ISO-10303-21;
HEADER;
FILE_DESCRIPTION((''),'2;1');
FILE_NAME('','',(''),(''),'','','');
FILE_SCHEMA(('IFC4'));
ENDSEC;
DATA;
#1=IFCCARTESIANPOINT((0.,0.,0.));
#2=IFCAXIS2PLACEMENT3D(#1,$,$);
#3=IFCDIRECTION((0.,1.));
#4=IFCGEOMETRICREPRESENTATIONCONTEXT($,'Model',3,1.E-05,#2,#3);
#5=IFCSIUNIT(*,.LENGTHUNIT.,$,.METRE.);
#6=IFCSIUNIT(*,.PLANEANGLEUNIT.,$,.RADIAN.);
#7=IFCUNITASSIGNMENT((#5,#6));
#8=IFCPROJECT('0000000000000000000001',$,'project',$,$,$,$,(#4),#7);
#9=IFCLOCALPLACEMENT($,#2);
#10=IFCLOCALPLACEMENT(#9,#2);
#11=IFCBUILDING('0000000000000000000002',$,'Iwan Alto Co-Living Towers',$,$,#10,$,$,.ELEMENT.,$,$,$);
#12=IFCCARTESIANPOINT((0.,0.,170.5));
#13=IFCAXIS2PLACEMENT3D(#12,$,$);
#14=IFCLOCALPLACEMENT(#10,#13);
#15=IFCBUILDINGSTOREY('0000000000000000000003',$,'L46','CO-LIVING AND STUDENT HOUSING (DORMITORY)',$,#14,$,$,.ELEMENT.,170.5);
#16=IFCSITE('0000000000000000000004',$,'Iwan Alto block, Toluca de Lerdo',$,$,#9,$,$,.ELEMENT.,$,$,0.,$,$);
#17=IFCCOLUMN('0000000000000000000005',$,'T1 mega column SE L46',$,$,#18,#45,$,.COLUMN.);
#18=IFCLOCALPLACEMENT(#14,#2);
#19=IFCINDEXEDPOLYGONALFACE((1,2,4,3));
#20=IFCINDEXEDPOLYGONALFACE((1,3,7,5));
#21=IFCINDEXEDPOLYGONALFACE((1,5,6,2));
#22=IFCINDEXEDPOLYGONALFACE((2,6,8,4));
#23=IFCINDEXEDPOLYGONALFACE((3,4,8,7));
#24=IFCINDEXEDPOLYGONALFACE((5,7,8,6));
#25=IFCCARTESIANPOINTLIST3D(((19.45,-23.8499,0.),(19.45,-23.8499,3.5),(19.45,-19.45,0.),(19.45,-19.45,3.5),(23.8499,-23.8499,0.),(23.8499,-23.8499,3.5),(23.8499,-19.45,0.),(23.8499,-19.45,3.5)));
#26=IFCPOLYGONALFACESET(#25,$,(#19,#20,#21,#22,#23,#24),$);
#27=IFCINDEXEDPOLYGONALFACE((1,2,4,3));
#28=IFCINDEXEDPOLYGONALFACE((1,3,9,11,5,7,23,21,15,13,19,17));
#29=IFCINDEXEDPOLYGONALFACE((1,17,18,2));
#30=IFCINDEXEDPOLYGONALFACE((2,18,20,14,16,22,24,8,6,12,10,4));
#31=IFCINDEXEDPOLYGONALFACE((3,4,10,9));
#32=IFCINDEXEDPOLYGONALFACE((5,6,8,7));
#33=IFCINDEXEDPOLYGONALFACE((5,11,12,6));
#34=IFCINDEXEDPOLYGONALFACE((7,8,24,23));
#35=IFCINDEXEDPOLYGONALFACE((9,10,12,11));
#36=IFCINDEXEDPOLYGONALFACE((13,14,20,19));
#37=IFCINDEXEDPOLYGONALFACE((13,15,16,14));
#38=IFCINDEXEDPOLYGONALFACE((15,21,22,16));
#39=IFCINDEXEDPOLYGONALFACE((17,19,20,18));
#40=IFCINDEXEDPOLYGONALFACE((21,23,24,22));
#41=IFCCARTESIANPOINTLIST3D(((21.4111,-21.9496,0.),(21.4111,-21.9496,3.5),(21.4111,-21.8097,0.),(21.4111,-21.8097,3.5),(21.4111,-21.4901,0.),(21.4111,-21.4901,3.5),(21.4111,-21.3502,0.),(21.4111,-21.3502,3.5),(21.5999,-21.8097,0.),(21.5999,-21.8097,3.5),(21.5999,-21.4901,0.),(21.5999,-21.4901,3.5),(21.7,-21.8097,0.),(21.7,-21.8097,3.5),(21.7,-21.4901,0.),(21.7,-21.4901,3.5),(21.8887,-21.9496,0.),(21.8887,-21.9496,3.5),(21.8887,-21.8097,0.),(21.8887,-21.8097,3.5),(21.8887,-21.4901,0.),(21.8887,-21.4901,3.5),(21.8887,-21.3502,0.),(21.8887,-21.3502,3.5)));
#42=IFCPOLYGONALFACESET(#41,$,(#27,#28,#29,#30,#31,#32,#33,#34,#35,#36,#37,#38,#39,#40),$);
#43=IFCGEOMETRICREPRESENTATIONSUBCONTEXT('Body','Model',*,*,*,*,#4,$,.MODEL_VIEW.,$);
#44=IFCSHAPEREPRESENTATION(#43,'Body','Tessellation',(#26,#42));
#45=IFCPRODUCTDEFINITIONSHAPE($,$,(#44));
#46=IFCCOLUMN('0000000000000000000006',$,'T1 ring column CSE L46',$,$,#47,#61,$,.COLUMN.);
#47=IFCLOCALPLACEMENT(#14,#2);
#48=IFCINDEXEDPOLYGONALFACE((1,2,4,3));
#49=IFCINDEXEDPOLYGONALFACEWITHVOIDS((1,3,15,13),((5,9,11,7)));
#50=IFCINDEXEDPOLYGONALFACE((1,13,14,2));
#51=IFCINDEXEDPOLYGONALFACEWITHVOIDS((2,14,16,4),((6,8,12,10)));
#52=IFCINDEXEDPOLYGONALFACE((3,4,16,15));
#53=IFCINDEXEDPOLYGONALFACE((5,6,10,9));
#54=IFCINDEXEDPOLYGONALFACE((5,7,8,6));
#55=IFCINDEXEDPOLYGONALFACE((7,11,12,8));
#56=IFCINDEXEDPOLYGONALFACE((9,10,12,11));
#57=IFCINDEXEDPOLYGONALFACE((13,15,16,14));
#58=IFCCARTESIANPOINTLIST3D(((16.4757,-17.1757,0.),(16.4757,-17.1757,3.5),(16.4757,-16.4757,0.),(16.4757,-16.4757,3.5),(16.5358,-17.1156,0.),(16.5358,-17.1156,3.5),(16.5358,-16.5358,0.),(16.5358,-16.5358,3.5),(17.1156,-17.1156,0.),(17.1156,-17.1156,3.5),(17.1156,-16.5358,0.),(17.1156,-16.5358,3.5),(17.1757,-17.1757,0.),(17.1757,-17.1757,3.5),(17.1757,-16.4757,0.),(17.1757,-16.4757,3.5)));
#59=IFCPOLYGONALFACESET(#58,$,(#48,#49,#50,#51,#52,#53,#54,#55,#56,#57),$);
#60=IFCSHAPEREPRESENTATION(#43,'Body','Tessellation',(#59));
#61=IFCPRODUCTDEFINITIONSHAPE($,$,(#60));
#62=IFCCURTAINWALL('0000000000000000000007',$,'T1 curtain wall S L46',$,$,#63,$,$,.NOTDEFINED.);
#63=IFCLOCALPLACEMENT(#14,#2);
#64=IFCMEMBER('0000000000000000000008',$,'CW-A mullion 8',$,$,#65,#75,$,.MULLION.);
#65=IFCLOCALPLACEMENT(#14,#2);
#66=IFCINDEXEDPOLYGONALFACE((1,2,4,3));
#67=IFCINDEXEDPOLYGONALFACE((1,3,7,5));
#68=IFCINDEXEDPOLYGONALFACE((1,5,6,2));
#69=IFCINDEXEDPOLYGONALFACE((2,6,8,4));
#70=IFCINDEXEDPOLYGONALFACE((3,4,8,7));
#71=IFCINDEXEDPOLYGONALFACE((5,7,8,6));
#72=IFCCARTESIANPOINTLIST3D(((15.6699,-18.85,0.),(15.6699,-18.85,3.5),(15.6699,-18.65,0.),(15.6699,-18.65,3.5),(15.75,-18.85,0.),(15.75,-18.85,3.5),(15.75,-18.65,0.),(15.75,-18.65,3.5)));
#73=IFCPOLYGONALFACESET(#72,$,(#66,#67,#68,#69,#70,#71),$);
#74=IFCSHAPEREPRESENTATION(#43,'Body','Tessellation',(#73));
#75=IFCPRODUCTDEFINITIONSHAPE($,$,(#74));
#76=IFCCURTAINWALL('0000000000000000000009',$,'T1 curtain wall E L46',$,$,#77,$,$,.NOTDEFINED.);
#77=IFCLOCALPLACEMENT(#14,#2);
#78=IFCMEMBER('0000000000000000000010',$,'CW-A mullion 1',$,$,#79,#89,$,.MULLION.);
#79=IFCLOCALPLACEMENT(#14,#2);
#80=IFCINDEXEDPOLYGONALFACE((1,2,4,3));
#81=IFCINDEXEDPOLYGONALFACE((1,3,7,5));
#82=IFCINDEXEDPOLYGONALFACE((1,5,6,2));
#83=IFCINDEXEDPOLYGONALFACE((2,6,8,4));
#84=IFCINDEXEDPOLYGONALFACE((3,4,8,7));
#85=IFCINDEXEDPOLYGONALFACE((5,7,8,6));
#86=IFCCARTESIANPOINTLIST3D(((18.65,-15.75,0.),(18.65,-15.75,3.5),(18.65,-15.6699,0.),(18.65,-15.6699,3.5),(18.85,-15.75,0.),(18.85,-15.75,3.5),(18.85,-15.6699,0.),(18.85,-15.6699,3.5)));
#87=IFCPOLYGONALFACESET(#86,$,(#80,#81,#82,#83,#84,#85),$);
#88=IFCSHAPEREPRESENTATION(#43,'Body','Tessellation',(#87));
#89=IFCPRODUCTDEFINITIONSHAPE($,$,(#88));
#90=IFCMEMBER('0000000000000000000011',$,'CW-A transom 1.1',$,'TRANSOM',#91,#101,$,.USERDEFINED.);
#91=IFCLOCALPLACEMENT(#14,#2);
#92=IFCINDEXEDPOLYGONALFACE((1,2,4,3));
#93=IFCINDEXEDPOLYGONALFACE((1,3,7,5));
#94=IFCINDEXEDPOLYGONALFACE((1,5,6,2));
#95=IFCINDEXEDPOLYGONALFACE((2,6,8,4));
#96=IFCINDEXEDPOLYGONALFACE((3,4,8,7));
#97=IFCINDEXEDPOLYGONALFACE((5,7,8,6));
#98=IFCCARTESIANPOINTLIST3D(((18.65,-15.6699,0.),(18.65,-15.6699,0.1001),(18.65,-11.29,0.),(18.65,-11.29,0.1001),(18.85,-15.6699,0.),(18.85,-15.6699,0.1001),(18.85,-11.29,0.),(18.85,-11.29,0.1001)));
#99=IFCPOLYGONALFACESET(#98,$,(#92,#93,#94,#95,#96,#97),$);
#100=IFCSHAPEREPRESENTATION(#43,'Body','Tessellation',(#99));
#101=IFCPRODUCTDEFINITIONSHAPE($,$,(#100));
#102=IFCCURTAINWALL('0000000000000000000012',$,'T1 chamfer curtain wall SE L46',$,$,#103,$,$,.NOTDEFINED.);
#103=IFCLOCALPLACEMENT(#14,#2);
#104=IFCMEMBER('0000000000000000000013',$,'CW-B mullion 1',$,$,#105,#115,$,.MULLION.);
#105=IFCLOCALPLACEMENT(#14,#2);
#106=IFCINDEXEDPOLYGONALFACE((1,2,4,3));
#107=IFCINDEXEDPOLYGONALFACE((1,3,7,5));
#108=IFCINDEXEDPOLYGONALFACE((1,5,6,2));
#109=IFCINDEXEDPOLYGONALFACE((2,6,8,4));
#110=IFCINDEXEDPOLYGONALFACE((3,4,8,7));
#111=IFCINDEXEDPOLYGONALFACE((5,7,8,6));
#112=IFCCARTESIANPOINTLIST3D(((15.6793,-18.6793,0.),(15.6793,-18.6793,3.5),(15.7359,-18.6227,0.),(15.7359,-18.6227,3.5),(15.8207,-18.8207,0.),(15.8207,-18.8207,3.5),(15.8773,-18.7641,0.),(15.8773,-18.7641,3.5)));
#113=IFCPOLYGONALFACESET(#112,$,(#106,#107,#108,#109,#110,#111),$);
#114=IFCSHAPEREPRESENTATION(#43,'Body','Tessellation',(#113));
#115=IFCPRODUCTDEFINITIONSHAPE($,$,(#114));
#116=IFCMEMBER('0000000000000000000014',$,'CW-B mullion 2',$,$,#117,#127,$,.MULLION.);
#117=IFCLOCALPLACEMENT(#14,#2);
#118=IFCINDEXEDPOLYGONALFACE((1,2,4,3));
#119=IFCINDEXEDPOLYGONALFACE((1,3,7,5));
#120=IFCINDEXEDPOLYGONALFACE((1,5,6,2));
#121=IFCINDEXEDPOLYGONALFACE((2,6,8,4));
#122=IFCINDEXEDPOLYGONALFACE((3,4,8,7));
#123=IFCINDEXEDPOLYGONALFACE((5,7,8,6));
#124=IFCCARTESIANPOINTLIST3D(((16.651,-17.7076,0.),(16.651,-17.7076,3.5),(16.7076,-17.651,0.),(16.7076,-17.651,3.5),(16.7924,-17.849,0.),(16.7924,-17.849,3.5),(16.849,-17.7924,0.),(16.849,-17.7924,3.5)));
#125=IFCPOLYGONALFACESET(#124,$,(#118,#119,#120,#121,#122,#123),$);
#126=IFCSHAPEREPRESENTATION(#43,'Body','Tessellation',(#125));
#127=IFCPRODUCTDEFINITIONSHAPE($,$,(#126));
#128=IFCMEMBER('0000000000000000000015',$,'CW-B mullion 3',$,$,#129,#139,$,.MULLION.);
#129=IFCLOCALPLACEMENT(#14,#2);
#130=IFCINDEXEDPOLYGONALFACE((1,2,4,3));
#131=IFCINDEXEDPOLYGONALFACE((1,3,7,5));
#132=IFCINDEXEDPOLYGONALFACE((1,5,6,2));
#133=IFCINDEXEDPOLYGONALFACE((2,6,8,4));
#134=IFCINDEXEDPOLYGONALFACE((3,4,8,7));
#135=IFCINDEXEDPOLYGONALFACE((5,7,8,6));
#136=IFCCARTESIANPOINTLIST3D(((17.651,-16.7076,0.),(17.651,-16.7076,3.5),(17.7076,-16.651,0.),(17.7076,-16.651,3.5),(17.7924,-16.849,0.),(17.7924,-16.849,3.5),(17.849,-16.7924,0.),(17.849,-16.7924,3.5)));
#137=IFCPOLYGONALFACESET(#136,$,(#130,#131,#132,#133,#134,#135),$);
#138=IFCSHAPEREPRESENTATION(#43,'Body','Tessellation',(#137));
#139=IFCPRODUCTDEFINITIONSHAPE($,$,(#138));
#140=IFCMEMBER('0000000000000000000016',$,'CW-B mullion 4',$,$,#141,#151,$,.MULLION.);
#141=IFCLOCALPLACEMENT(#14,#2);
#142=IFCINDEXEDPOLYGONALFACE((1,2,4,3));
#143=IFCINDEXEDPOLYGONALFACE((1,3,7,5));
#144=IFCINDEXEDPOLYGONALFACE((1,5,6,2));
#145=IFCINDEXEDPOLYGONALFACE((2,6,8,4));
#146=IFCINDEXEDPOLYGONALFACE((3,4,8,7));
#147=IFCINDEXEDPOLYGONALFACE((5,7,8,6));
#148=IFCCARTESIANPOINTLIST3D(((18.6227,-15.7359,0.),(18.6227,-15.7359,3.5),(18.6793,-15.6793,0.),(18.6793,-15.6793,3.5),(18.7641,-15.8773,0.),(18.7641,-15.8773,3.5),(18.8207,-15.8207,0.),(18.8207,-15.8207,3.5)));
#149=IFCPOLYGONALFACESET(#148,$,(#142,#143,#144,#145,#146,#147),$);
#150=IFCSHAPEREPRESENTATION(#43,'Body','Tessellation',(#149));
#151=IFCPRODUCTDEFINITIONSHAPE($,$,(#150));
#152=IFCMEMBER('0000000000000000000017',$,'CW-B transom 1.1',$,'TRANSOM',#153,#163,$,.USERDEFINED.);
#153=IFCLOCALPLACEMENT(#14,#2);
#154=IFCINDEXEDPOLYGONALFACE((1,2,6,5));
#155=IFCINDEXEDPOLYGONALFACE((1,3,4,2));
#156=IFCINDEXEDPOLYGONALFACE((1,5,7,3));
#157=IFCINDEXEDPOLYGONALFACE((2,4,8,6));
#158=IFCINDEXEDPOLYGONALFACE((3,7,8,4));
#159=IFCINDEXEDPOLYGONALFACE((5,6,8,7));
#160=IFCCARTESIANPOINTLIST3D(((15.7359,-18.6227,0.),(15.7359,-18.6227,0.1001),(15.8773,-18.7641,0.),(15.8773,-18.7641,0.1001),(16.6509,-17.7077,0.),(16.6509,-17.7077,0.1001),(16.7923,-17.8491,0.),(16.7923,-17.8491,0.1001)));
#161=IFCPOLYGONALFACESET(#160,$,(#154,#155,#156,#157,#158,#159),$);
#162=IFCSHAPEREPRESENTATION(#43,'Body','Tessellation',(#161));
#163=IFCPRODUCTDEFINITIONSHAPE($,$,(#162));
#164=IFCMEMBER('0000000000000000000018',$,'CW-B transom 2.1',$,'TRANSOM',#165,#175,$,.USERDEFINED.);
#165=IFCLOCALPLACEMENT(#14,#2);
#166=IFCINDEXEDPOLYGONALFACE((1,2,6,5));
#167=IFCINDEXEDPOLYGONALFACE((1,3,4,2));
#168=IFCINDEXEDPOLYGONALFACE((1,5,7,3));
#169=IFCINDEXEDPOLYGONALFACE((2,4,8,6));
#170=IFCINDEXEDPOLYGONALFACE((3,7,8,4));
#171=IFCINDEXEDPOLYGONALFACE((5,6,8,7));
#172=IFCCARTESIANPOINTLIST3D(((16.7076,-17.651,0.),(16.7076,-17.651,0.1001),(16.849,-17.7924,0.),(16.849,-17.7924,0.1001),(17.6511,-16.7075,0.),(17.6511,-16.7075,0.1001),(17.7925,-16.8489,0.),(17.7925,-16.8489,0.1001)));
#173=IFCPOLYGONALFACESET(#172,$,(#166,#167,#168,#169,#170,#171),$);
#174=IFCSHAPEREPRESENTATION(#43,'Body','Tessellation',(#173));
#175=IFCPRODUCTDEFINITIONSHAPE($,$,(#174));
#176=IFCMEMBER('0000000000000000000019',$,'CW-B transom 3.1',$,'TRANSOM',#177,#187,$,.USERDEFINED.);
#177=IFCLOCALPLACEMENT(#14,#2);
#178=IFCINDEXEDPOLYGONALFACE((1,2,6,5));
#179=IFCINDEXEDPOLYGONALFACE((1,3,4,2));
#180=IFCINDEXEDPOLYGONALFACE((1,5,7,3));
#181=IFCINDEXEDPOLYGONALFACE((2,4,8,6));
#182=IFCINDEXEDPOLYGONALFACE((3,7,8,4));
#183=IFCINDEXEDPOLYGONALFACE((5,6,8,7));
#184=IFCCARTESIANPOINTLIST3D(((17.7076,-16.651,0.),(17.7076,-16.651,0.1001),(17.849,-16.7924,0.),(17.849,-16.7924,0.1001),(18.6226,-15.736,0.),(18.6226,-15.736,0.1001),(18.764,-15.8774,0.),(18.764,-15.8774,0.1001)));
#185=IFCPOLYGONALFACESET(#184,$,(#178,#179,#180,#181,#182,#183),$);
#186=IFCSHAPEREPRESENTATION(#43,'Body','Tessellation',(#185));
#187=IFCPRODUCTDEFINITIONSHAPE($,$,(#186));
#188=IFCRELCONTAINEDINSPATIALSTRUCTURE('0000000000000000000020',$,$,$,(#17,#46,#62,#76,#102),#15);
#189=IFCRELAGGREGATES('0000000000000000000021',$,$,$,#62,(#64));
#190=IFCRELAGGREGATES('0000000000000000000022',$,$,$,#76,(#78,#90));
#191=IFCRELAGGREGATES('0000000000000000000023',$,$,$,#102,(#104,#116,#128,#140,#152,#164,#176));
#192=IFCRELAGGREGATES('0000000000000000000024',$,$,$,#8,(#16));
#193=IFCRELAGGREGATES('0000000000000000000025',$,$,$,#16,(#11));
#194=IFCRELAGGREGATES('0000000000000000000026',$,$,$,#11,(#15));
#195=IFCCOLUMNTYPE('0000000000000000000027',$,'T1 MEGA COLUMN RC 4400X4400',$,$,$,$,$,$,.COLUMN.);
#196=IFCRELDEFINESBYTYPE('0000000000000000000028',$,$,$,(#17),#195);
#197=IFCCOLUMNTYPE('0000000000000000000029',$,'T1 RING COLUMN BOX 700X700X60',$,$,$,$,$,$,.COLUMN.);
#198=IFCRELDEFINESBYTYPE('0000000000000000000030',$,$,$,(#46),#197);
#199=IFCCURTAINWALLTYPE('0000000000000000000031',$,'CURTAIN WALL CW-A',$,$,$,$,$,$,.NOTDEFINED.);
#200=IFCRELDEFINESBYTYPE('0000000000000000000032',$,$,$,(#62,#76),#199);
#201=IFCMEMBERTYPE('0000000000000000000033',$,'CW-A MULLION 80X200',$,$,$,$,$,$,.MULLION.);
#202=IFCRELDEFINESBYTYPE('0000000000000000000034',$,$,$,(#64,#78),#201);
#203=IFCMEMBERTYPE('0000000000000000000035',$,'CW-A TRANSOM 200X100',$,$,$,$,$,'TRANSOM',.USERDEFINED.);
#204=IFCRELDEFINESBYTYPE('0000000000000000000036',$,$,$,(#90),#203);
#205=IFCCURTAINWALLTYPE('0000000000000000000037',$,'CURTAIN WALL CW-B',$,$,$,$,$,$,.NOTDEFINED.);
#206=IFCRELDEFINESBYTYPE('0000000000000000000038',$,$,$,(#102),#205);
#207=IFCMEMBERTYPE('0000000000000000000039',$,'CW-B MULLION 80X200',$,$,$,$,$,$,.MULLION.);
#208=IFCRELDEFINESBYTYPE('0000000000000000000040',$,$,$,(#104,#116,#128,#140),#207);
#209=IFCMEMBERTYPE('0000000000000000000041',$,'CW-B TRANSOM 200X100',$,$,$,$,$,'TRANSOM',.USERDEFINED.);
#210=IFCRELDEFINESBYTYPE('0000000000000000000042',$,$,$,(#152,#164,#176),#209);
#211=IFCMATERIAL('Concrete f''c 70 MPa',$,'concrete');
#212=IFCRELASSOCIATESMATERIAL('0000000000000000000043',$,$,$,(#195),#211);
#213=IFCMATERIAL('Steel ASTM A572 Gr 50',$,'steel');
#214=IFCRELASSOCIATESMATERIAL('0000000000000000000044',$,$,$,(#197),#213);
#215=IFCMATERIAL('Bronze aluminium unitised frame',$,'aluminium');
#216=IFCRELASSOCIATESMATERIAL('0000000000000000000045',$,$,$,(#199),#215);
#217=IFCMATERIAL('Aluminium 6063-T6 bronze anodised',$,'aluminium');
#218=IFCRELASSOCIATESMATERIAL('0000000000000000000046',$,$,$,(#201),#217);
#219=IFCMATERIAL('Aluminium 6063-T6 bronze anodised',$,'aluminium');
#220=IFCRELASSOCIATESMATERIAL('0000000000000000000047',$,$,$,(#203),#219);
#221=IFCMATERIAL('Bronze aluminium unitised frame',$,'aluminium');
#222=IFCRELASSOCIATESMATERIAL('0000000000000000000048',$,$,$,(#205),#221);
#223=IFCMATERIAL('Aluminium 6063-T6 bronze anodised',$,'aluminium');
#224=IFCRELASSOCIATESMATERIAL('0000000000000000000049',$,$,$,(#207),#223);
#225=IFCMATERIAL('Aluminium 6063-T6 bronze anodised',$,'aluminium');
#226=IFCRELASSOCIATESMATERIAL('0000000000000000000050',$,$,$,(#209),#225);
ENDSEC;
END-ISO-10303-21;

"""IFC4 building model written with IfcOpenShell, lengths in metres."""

from ifc_helpers import new_model, si_unit, direction, frame, origin, origin_2d, place, context, subcontext, project, spatial, rectangle, hollow_rectangle, i_section, extrude, material, material_profile, profile_set, type_object, element, aggregate, save


model = new_model("IFC4")

# Units and contexts
model_context = context("Model", 3, precision=1e-05, world=origin(), true_north=direction((0.0, 1.0)))
body_context = subcontext(model_context, "Body", "Model", "MODEL_VIEW")
ifc_project = project(units=[si_unit("LENGTHUNIT", "METRE"), si_unit("PLANEANGLEUNIT", "RADIAN")], contexts=[model_context])

# Site, building, storey
site_placement = place(None, origin())
site = spatial("IfcSite", under=ifc_project, at=site_placement, Name="Iwan Alto block, Toluca de Lerdo", CompositionType="ELEMENT", RefElevation=0.0)
building_placement = place(site_placement, origin())
building = spatial("IfcBuilding", under=site, at=building_placement, Name="Iwan Alto Co-Living Towers", CompositionType="ELEMENT")
storey_placement = place(building_placement, frame((0.0, 0.0, 170.5)))
storey = spatial("IfcBuildingStorey", under=building, at=storey_placement, Name="L46", Description="CO-LIVING AND STUDENT HOUSING (DORMITORY)", CompositionType="ELEMENT", Elevation=170.5)

# Columns
ifc_material_1 = material(Name="Concrete f'c 70 MPa", Category="concrete")
ifc_material_profile_1 = material_profile(ifc_material_1, rectangle(XDim=4.3999, YDim=4.3999, at=origin_2d()), Name="RC 4400X4400")
ifc_profile_set_1 = profile_set([ifc_material_profile_1], Name="Concrete f'c 70 MPa")
column_type_1 = type_object("IfcColumnType", Name="T1 MEGA COLUMN RC 4400X4400", PredefinedType="COLUMN", material=ifc_profile_set_1)
column_1_placement = place(storey_placement, frame((21.6499, -21.6499, 0.0), z_axis=(0.0, 0.0, 1.0), x_axis=(1.0, 0.0, 0.0)))
element("IfcColumn", 1, at=column_1_placement, inside=storey, type_object=column_type_1, Name="T1 mega column SE L46", PredefinedType="COLUMN", context=body_context, shape_type="SweptSolid", body=[
    extrude(rectangle(XDim=4.3999, YDim=4.3999, at=origin_2d()), origin(), (0.0, 0.0, 1.0), 3.5),
    extrude(i_section(OverallWidth=0.4775, OverallDepth=0.5994, WebThickness=0.1001, FlangeThickness=0.1399, at=origin_2d()), origin(), (0.0, 0.0, 1.0), 3.5),
])
ifc_material_2 = material(Name="Steel ASTM A572 Gr 50", Category="steel")
ifc_material_profile_2 = material_profile(ifc_material_2, hollow_rectangle(XDim=0.7, YDim=0.7, WallThickness=0.0601, at=origin_2d()), Name="BOX 700X700X60")
ifc_profile_set_2 = profile_set([ifc_material_profile_2], Name="Steel ASTM A572 Gr 50")
column_type_2 = type_object("IfcColumnType", Name="T1 RING COLUMN BOX 700X700X60", PredefinedType="COLUMN", material=ifc_profile_set_2)
column_2_placement = place(storey_placement, frame((16.8257, -16.8257, 0.0), z_axis=(0.0, 0.0, 1.0), x_axis=(1.0, 0.0, 0.0)))
element("IfcColumn", 2, at=column_2_placement, inside=storey, type_object=column_type_2, Name="T1 ring column CSE L46", PredefinedType="COLUMN", context=body_context, shape_type="SweptSolid", body=[
    extrude(hollow_rectangle(XDim=0.7, YDim=0.7, WallThickness=0.0601, at=origin_2d()), origin(), (0.0, 0.0, 1.0), 3.5),
])

# Curtain wall, member
ifc_material_3 = material(Name="Bronze aluminium unitised frame", Category="aluminium")
curtain_wall_type_1 = type_object("IfcCurtainWallType", Name="CURTAIN WALL CW-A", PredefinedType="NOTDEFINED", material=ifc_material_3)
curtain_wall_1_placement = place(storey_placement, origin())
curtain_wall_1 = element("IfcCurtainWall", 3, at=curtain_wall_1_placement, inside=storey, type_object=curtain_wall_type_1, Name="T1 curtain wall S L46", PredefinedType="NOTDEFINED")
ifc_material_4 = material(Name="Aluminium 6063-T6 bronze anodised", Category="aluminium")
ifc_material_profile_3 = material_profile(ifc_material_4, rectangle(XDim=0.2, YDim=0.0801, at=origin_2d()), Name="AL 80X200")
ifc_profile_set_3 = profile_set([ifc_material_profile_3], Name="Aluminium 6063-T6 bronze anodised")
member_type_1 = type_object("IfcMemberType", Name="CW-A MULLION 80X200", PredefinedType="MULLION", material=ifc_profile_set_3)
member_1_placement = place(storey_placement, frame((15.71, -18.75, 0.0), z_axis=(0.0, 0.0, 1.0), x_axis=(0.0, 1.0, 0.0)))
member_1 = element("IfcMember", 4, at=member_1_placement, type_object=member_type_1, Name="CW-A mullion 8", PredefinedType="MULLION", context=body_context, shape_type="SweptSolid", body=[
    extrude(rectangle(XDim=0.2, YDim=0.0801, at=origin_2d()), origin(), (0.0, 0.0, 1.0), 3.5),
])

# Curtain walls, members
curtain_wall_2_placement = place(storey_placement, origin())
curtain_wall_2 = element("IfcCurtainWall", 5, at=curtain_wall_2_placement, inside=storey, type_object=curtain_wall_type_1, Name="T1 curtain wall E L46", PredefinedType="NOTDEFINED")
member_2_placement = place(storey_placement, frame((18.75, -15.71, 0.0), z_axis=(0.0, 0.0, 1.0), x_axis=(-1.0, 0.0, 0.0)))
member_2 = element("IfcMember", 6, at=member_2_placement, type_object=member_type_1, Name="CW-A mullion 1", PredefinedType="MULLION", context=body_context, shape_type="SweptSolid", body=[
    extrude(rectangle(XDim=0.2, YDim=0.0801, at=origin_2d()), origin(), (0.0, 0.0, 1.0), 3.5),
])
ifc_material_5 = material(Name="Aluminium 6063-T6 bronze anodised", Category="aluminium")
ifc_material_profile_4 = material_profile(ifc_material_5, rectangle(XDim=0.2, YDim=0.1001, at=origin_2d()), Name="AL 200X100")
ifc_profile_set_4 = profile_set([ifc_material_profile_4], Name="Aluminium 6063-T6 bronze anodised")
member_type_2 = type_object("IfcMemberType", Name="CW-A TRANSOM 200X100", ElementType="TRANSOM", PredefinedType="USERDEFINED", material=ifc_profile_set_4)
member_3_placement = place(storey_placement, frame((18.75, -15.6699, 0.05), z_axis=(0.0, 1.0, 0.0), x_axis=(-1.0, 0.0, 0.0)))
member_3 = element("IfcMember", 7, at=member_3_placement, type_object=member_type_2, Name="CW-A transom 1.1", ObjectType="TRANSOM", PredefinedType="USERDEFINED", context=body_context, shape_type="SweptSolid", body=[
    extrude(rectangle(XDim=0.2, YDim=0.1001, at=origin_2d()), origin(), (0.0, 0.0, 1.0), 4.3799),
])
ifc_material_6 = material(Name="Bronze aluminium unitised frame", Category="aluminium")
curtain_wall_type_2 = type_object("IfcCurtainWallType", Name="CURTAIN WALL CW-B", PredefinedType="NOTDEFINED", material=ifc_material_6)
curtain_wall_3_placement = place(storey_placement, origin())
curtain_wall_3 = element("IfcCurtainWall", 8, at=curtain_wall_3_placement, inside=storey, type_object=curtain_wall_type_2, Name="T1 chamfer curtain wall SE L46", PredefinedType="NOTDEFINED")
ifc_material_7 = material(Name="Aluminium 6063-T6 bronze anodised", Category="aluminium")
ifc_material_profile_5 = material_profile(ifc_material_7, rectangle(XDim=0.2, YDim=0.0801, at=origin_2d()), Name="AL 80X200")
ifc_profile_set_5 = profile_set([ifc_material_profile_5], Name="Aluminium 6063-T6 bronze anodised")
member_type_3 = type_object("IfcMemberType", Name="CW-B MULLION 80X200", PredefinedType="MULLION", material=ifc_profile_set_5)
member_4_placement = place(storey_placement, frame((15.7783, -18.7217, 0.0), z_axis=(0.0, 0.0, 1.0), x_axis=(-0.707107, 0.707107, 0.0)))
member_4 = element("IfcMember", 9, at=member_4_placement, type_object=member_type_3, Name="CW-B mullion 1", PredefinedType="MULLION", context=body_context, shape_type="SweptSolid", body=[
    extrude(rectangle(XDim=0.2, YDim=0.0801, at=origin_2d()), origin(), (0.0, 0.0, 1.0), 3.5),
])
member_5_placement = place(storey_placement, frame((16.75, -17.75, 0.0), z_axis=(0.0, 0.0, 1.0), x_axis=(-0.707107, 0.707107, 0.0)))
member_5 = element("IfcMember", 10, at=member_5_placement, type_object=member_type_3, Name="CW-B mullion 2", PredefinedType="MULLION", context=body_context, shape_type="SweptSolid", body=[
    extrude(rectangle(XDim=0.2, YDim=0.0801, at=origin_2d()), origin(), (0.0, 0.0, 1.0), 3.5),
])
member_6_placement = place(storey_placement, frame((17.75, -16.75, 0.0), z_axis=(0.0, 0.0, 1.0), x_axis=(-0.707107, 0.707107, 0.0)))
member_6 = element("IfcMember", 11, at=member_6_placement, type_object=member_type_3, Name="CW-B mullion 3", PredefinedType="MULLION", context=body_context, shape_type="SweptSolid", body=[
    extrude(rectangle(XDim=0.2, YDim=0.0801, at=origin_2d()), origin(), (0.0, 0.0, 1.0), 3.5),
])
member_7_placement = place(storey_placement, frame((18.7217, -15.7783, 0.0), z_axis=(0.0, 0.0, 1.0), x_axis=(-0.707107, 0.707107, 0.0)))
member_7 = element("IfcMember", 12, at=member_7_placement, type_object=member_type_3, Name="CW-B mullion 4", PredefinedType="MULLION", context=body_context, shape_type="SweptSolid", body=[
    extrude(rectangle(XDim=0.2, YDim=0.0801, at=origin_2d()), origin(), (0.0, 0.0, 1.0), 3.5),
])
ifc_material_8 = material(Name="Aluminium 6063-T6 bronze anodised", Category="aluminium")
ifc_material_profile_6 = material_profile(ifc_material_8, rectangle(XDim=0.2, YDim=0.1001, at=origin_2d()), Name="AL 200X100")
ifc_profile_set_6 = profile_set([ifc_material_profile_6], Name="Aluminium 6063-T6 bronze anodised")
member_type_4 = type_object("IfcMemberType", Name="CW-B TRANSOM 200X100", ElementType="TRANSOM", PredefinedType="USERDEFINED", material=ifc_profile_set_6)
member_8_placement = place(storey_placement, frame((15.8066, -18.6934, 0.05), z_axis=(0.707107, 0.707107, 0.0), x_axis=(-0.707107, 0.707107, 0.0)))
member_8 = element("IfcMember", 13, at=member_8_placement, type_object=member_type_4, Name="CW-B transom 1.1", ObjectType="TRANSOM", PredefinedType="USERDEFINED", context=body_context, shape_type="SweptSolid", body=[
    extrude(rectangle(XDim=0.2, YDim=0.1001, at=origin_2d()), origin(), (0.0, 0.0, 1.0), 1.2939),
])
member_9_placement = place(storey_placement, frame((16.7783, -17.7217, 0.05), z_axis=(0.707107, 0.707107, 0.0), x_axis=(-0.707107, 0.707107, 0.0)))
member_9 = element("IfcMember", 14, at=member_9_placement, type_object=member_type_4, Name="CW-B transom 2.1", ObjectType="TRANSOM", PredefinedType="USERDEFINED", context=body_context, shape_type="SweptSolid", body=[
    extrude(rectangle(XDim=0.2, YDim=0.1001, at=origin_2d()), origin(), (0.0, 0.0, 1.0), 1.3342),
])
member_10_placement = place(storey_placement, frame((17.7783, -16.7217, 0.05), z_axis=(0.707107, 0.707107, 0.0), x_axis=(-0.707107, 0.707107, 0.0)))
member_10 = element("IfcMember", 15, at=member_10_placement, type_object=member_type_4, Name="CW-B transom 3.1", ObjectType="TRANSOM", PredefinedType="USERDEFINED", context=body_context, shape_type="SweptSolid", body=[
    extrude(rectangle(XDim=0.2, YDim=0.1001, at=origin_2d()), origin(), (0.0, 0.0, 1.0), 1.2939),
])

aggregate(curtain_wall_1, [member_1])
aggregate(curtain_wall_2, [member_2, member_3])
aggregate(curtain_wall_3, [member_4, member_5, member_6, member_7, member_8, member_9, member_10])

save(model, "model.ifc")
